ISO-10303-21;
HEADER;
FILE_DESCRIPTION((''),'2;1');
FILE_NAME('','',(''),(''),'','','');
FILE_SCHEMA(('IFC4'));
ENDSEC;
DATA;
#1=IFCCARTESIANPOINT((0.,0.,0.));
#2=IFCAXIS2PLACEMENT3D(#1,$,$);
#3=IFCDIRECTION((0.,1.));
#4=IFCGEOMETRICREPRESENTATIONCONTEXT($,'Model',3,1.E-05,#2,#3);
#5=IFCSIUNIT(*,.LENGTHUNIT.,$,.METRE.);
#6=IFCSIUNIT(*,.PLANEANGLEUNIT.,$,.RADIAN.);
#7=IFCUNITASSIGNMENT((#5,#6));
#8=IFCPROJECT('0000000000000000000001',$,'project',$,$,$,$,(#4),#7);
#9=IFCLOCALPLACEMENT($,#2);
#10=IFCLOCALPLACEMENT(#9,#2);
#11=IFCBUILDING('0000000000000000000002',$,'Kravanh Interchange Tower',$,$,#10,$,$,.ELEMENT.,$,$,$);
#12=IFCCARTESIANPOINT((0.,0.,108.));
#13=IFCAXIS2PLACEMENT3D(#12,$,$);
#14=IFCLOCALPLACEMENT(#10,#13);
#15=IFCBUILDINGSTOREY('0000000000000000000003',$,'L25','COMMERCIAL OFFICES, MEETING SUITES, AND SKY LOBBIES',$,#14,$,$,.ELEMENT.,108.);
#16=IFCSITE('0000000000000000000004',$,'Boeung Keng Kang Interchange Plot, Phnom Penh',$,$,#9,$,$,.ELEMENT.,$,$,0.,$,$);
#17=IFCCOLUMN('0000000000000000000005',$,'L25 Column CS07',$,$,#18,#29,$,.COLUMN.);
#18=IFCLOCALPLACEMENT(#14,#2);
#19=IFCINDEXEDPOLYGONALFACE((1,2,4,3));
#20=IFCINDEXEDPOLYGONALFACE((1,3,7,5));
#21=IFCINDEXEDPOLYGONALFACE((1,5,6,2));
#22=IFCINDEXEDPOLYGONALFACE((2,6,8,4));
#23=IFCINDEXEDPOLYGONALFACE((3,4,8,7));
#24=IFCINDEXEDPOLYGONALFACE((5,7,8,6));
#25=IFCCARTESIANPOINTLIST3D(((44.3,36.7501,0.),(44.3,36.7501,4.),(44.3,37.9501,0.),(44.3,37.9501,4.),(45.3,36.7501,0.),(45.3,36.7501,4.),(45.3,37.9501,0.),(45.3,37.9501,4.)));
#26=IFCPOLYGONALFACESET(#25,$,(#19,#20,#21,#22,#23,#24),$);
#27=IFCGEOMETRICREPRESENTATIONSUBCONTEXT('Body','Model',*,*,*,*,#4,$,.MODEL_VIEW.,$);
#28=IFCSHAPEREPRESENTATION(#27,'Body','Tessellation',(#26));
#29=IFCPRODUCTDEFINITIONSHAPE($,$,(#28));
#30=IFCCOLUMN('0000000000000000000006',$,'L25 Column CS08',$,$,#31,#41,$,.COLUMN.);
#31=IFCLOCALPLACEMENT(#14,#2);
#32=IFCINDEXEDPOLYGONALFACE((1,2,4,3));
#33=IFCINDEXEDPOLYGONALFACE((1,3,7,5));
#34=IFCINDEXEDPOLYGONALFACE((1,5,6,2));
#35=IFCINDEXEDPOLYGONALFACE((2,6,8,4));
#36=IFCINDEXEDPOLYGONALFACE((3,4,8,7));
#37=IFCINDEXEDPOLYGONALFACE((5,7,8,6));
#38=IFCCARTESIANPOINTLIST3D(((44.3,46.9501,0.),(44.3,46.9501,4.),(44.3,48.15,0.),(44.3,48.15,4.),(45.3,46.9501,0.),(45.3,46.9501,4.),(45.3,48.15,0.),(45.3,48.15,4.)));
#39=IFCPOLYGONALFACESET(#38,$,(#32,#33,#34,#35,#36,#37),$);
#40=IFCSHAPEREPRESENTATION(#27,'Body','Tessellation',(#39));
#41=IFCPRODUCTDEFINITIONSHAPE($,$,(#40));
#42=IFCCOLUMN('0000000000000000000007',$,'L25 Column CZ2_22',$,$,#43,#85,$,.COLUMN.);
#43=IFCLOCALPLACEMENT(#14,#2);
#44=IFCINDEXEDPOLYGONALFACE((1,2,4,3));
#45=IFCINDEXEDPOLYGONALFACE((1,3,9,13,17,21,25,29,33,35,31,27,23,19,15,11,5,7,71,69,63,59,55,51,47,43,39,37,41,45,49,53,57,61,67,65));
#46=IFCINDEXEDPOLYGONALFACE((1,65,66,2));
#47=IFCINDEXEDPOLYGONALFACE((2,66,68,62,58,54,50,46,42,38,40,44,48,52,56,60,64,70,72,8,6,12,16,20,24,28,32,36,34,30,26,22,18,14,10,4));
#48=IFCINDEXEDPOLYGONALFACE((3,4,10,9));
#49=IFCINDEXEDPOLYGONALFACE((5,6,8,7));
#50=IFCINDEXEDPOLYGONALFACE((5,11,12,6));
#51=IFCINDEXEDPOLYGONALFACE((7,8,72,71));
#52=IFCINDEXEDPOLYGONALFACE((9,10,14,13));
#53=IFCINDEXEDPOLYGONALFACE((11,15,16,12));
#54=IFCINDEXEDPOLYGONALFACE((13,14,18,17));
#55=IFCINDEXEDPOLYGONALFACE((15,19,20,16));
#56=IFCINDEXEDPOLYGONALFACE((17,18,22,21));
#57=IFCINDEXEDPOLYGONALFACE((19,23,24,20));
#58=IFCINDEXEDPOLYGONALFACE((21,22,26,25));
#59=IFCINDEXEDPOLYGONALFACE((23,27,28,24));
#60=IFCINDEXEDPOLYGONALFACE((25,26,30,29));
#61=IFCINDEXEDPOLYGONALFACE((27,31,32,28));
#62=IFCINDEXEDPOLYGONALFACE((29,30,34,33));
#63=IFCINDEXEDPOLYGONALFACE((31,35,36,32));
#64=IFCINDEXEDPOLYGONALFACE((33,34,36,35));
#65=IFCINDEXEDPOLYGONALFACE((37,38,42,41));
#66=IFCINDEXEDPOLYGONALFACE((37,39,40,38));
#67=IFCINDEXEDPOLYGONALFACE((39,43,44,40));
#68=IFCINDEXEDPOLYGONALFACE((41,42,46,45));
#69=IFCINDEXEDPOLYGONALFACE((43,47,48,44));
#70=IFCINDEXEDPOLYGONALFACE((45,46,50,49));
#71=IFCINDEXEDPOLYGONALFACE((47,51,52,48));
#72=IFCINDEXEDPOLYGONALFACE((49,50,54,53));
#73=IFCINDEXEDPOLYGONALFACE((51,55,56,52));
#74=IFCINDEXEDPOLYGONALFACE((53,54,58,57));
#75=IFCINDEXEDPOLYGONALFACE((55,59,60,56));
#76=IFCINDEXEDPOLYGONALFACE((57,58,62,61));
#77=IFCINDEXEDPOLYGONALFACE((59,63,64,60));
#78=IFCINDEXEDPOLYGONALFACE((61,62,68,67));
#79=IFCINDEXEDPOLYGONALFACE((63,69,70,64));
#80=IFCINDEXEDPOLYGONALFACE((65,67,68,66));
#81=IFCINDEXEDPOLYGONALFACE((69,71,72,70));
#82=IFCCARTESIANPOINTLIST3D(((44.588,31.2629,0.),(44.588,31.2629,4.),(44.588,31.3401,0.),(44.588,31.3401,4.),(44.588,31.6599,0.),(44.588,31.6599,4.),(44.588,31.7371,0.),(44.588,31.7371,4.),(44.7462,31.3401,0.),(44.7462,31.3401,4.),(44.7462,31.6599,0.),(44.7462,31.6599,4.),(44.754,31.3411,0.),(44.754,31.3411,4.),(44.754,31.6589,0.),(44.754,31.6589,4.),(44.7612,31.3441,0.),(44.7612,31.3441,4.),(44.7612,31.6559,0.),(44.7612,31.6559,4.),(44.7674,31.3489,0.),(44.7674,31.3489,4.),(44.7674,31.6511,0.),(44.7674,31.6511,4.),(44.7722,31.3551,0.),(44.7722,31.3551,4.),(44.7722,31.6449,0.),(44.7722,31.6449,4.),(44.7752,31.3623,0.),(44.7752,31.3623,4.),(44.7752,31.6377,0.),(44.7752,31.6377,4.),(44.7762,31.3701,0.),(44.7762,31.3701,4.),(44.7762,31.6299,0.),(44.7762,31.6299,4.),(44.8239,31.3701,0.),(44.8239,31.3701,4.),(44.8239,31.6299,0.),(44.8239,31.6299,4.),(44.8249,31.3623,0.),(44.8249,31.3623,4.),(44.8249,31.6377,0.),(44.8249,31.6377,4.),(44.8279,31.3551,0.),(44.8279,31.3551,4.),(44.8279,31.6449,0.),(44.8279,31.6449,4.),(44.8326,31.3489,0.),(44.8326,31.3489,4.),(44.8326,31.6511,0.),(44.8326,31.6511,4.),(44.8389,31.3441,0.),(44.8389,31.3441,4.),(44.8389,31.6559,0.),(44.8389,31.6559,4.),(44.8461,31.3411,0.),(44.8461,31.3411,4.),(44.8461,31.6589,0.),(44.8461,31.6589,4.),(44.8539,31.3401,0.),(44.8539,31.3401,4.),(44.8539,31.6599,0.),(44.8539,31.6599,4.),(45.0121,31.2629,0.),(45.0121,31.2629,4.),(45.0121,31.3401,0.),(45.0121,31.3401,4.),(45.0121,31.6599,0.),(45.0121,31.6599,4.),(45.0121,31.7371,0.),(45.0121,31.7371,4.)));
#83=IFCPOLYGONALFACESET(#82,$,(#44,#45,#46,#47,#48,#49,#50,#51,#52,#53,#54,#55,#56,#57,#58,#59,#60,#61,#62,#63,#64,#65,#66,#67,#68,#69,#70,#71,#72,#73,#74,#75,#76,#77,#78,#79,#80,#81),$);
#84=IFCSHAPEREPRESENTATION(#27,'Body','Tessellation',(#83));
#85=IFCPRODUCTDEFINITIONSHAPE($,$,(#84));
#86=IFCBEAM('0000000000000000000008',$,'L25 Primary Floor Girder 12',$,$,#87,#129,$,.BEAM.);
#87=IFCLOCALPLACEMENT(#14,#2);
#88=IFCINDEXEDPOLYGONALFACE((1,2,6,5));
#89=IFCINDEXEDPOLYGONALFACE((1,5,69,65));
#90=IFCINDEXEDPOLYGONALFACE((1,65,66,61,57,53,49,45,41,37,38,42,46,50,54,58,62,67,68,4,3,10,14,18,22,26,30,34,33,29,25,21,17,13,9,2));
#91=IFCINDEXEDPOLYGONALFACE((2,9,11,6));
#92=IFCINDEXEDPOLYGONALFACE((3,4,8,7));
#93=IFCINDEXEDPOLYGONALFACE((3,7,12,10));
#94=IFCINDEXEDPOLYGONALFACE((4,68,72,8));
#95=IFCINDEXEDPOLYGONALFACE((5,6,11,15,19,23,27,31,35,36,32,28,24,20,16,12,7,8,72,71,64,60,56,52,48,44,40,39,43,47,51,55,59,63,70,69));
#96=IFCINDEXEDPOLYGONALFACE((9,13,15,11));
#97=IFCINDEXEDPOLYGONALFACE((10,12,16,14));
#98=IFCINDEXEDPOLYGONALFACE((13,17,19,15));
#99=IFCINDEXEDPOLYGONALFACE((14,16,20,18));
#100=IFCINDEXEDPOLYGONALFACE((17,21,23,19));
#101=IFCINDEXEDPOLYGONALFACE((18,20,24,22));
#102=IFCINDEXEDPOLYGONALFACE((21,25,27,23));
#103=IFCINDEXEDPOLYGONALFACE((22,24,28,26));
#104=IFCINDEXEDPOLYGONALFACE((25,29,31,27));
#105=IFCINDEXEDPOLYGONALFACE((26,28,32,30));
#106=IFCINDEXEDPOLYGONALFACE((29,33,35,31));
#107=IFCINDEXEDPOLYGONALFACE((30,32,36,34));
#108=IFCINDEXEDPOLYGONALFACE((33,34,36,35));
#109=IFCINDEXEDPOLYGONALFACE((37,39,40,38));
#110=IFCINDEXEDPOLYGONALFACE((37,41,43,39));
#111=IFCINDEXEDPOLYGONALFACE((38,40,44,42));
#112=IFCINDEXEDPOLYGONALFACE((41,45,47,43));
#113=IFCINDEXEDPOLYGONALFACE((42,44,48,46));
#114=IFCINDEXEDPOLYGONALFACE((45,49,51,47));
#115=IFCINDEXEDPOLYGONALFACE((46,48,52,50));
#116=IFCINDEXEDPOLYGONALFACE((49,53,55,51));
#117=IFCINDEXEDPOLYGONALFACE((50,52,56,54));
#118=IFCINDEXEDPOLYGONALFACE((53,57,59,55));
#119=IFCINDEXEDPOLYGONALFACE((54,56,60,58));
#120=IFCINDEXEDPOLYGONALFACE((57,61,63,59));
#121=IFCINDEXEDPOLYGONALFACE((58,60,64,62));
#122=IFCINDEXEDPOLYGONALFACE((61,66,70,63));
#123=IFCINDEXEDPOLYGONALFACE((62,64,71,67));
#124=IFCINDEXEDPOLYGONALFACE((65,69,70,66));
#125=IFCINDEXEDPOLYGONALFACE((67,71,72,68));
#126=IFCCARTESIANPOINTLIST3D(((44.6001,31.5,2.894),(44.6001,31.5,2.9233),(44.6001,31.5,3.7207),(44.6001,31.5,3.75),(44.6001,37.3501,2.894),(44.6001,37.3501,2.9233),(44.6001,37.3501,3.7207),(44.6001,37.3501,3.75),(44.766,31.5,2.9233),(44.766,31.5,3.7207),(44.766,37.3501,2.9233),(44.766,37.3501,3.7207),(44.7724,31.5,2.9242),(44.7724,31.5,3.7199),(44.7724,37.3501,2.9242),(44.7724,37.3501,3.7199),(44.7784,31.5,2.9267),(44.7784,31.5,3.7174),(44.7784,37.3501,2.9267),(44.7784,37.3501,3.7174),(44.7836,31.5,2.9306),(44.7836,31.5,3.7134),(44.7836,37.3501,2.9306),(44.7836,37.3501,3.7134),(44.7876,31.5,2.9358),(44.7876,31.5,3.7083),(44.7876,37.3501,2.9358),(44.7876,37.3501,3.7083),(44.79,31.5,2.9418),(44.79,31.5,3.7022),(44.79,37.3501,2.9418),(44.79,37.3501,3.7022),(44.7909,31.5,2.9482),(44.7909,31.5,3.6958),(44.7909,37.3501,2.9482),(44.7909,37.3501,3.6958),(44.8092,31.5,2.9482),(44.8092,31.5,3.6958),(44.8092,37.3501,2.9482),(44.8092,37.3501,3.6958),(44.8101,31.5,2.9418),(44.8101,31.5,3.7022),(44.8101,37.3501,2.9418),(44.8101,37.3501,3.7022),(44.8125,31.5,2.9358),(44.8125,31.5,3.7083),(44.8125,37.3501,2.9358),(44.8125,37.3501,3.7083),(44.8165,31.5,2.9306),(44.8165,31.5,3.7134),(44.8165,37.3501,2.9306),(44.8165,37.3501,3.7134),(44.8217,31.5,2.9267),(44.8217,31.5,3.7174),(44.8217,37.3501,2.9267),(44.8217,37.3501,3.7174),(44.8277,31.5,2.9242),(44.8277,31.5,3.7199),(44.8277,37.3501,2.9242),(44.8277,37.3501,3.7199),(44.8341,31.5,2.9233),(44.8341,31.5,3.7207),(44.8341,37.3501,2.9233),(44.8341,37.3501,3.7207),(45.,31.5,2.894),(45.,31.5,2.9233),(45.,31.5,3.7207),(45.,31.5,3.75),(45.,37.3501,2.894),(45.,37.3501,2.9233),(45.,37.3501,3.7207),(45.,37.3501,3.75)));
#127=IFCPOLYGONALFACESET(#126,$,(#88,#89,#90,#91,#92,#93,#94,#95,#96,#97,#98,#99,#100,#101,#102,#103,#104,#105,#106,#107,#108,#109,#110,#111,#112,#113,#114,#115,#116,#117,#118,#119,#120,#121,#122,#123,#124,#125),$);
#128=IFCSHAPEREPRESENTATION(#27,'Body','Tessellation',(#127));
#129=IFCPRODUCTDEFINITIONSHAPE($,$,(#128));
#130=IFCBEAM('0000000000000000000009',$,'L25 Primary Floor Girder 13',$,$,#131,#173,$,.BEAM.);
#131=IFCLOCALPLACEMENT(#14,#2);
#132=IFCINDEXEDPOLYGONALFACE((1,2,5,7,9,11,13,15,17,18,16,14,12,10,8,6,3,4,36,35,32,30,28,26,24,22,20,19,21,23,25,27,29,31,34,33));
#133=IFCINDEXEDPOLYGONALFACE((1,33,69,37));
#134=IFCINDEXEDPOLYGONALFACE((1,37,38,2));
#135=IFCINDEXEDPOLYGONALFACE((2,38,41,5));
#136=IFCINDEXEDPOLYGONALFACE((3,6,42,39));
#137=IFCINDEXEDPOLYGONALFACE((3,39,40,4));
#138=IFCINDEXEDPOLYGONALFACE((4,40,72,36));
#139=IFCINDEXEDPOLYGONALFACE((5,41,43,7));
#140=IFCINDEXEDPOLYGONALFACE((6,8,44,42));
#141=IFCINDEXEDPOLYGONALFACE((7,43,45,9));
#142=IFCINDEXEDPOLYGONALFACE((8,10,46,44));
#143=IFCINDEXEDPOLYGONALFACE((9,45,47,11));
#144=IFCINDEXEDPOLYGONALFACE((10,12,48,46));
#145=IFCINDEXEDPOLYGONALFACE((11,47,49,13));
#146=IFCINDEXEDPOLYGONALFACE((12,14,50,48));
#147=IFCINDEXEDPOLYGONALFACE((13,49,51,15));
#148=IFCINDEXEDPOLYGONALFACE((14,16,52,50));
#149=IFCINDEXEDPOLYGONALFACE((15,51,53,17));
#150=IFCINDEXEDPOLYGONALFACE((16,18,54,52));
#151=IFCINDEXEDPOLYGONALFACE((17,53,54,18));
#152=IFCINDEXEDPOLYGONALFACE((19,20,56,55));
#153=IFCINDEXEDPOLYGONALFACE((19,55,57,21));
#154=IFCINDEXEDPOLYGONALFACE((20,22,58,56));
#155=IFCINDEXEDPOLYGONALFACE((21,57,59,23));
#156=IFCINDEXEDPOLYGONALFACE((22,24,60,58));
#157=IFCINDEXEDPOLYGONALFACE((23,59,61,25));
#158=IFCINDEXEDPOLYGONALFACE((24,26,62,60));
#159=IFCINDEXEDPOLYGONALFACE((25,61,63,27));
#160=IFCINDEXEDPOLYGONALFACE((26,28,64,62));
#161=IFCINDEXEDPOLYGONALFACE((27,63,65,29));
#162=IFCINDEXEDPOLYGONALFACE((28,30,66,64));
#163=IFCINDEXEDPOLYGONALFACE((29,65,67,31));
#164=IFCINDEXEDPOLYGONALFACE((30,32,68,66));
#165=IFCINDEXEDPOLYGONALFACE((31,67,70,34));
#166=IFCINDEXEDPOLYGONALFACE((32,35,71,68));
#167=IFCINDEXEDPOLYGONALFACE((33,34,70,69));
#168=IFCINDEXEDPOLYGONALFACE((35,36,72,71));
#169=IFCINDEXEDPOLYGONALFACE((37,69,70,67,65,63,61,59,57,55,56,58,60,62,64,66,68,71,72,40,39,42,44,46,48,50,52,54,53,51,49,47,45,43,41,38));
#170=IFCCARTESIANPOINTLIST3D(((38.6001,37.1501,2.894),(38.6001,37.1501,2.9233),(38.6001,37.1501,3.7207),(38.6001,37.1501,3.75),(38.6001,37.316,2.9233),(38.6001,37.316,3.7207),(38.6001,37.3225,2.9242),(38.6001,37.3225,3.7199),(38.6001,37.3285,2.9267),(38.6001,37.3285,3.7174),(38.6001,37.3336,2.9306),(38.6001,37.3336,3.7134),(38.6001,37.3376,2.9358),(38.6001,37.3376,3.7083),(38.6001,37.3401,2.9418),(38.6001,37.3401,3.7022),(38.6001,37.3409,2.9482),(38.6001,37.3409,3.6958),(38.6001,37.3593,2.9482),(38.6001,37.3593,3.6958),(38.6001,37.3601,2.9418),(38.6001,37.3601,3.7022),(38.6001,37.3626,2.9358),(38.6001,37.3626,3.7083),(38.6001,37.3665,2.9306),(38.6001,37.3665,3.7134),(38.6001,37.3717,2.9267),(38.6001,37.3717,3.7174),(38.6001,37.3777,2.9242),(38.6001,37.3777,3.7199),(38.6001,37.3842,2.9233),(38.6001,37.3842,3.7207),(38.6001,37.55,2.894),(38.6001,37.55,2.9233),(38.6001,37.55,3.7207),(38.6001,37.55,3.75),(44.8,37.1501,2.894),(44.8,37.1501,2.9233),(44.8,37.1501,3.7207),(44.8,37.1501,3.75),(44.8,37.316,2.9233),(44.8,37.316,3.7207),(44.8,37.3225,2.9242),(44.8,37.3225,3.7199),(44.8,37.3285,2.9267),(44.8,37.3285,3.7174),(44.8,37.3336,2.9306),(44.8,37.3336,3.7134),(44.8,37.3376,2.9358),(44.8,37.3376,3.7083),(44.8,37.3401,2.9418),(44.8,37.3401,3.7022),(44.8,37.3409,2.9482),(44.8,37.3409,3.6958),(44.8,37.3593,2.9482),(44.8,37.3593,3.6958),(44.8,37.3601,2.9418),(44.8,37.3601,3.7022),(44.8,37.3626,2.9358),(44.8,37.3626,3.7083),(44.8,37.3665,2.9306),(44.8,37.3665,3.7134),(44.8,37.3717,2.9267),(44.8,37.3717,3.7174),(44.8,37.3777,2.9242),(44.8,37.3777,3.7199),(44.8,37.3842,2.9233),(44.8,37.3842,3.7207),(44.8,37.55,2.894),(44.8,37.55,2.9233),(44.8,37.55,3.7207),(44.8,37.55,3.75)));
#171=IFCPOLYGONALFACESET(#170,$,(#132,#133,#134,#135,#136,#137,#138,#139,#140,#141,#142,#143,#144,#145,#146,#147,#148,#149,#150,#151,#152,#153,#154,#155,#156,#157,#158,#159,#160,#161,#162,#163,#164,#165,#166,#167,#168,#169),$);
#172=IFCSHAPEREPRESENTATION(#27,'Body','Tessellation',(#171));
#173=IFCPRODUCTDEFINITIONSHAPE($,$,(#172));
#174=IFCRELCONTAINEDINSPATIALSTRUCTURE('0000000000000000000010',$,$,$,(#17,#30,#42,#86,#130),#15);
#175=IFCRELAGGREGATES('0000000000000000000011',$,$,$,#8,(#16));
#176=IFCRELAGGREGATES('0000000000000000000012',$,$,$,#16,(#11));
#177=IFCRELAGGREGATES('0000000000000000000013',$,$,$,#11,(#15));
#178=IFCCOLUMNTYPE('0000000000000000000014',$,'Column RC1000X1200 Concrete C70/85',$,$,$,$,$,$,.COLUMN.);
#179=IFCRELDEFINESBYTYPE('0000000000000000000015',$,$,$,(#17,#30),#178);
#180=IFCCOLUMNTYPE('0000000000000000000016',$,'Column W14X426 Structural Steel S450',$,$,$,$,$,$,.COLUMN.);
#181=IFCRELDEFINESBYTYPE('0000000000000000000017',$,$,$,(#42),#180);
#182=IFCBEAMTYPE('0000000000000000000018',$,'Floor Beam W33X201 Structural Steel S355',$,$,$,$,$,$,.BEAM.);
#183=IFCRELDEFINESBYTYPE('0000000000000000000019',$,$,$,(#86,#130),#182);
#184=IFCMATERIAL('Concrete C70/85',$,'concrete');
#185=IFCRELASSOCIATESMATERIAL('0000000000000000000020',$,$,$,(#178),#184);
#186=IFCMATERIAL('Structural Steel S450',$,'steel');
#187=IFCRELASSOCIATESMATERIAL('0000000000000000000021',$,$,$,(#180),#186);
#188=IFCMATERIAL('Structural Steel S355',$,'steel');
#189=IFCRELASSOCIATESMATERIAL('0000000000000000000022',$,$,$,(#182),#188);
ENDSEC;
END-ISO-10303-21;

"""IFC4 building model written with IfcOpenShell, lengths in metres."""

from ifc_helpers import new_model, si_unit, direction, frame, origin, origin_2d, place, context, subcontext, project, spatial, rectangle, i_section, extrude, material, material_profile, profile_set, type_object, element, save


model = new_model("IFC4")

# Units and contexts
model_context = context("Model", 3, precision=1e-05, world=origin(), true_north=direction((0.0, 1.0)))
body_context = subcontext(model_context, "Body", "Model", "MODEL_VIEW")
ifc_project = project(units=[si_unit("LENGTHUNIT", "METRE"), si_unit("PLANEANGLEUNIT", "RADIAN")], contexts=[model_context])

# Site, building, storey
site_placement = place(None, origin())
site = spatial("IfcSite", under=ifc_project, at=site_placement, Name="Boeung Keng Kang Interchange Plot, Phnom Penh", CompositionType="ELEMENT", RefElevation=0.0)
building_placement = place(site_placement, origin())
building = spatial("IfcBuilding", under=site, at=building_placement, Name="Kravanh Interchange Tower", CompositionType="ELEMENT")
storey_placement = place(building_placement, frame((0.0, 0.0, 108.0)))
storey = spatial("IfcBuildingStorey", under=building, at=storey_placement, Name="L25", Description="COMMERCIAL OFFICES, MEETING SUITES, AND SKY LOBBIES", CompositionType="ELEMENT", Elevation=108.0)

# Columns
ifc_material_1 = material(Name="Concrete C70/85", Category="concrete")
ifc_material_profile_1 = material_profile(ifc_material_1, rectangle(XDim=1.0, YDim=1.2, at=origin_2d()), Name="RC1000X1200")
ifc_profile_set_1 = profile_set([ifc_material_profile_1], Name="Concrete C70/85")
column_type_1 = type_object("IfcColumnType", Name="Column RC1000X1200 Concrete C70/85", PredefinedType="COLUMN", material=ifc_profile_set_1)
for number, where, z_axis, x_axis, name in (
    (1, (44.8, 37.3501, 0.0), (0.0, 0.0, 1.0), (1.0, 0.0, 0.0), "L25 Column CS07"),
    (2, (44.8, 47.55, 0.0), (0.0, 0.0, 1.0), (1.0, 0.0, 0.0), "L25 Column CS08"),
):
    element("IfcColumn", number, at=place(storey_placement, frame(where, z_axis=z_axis, x_axis=x_axis)), inside=storey, type_object=column_type_1, Name=name, PredefinedType="COLUMN", context=body_context, shape_type="SweptSolid", body=[
        extrude(rectangle(XDim=1.0, YDim=1.2, at=origin_2d()), origin(), (0.0, 0.0, 1.0), 4.0),
    ])
ifc_material_2 = material(Name="Structural Steel S450", Category="steel")
ifc_material_profile_2 = material_profile(ifc_material_2, i_section(OverallWidth=0.4241, OverallDepth=0.4741, WebThickness=0.0476, FlangeThickness=0.0771, FilletRadius=0.03, at=origin_2d()), Name="W14X426")
ifc_profile_set_2 = profile_set([ifc_material_profile_2], Name="Structural Steel S450")
column_type_2 = type_object("IfcColumnType", Name="Column W14X426 Structural Steel S450", PredefinedType="COLUMN", material=ifc_profile_set_2)
column_placement = place(storey_placement, frame((44.8, 31.5, 0.0), z_axis=(0.0, 0.0, 1.0), x_axis=(1.0, 0.0, 0.0)))
element("IfcColumn", 3, at=column_placement, inside=storey, type_object=column_type_2, Name="L25 Column CZ2_22", PredefinedType="COLUMN", context=body_context, shape_type="SweptSolid", body=[
    extrude(i_section(OverallWidth=0.4241, OverallDepth=0.4741, WebThickness=0.0476, FlangeThickness=0.0771, FilletRadius=0.03, at=origin_2d()), origin(), (0.0, 0.0, 1.0), 4.0),
])

# Beams
ifc_material_3 = material(Name="Structural Steel S355", Category="steel")
ifc_material_profile_3 = material_profile(ifc_material_3, i_section(OverallWidth=0.3999, OverallDepth=0.856, WebThickness=0.0183, FlangeThickness=0.0293, FilletRadius=0.0249, at=origin_2d()), Name="W33X201")
ifc_profile_set_3 = profile_set([ifc_material_profile_3], Name="Structural Steel S355")
beam_type_1 = type_object("IfcBeamType", Name="Floor Beam W33X201 Structural Steel S355", PredefinedType="BEAM", material=ifc_profile_set_3)
beam_1_placement = place(storey_placement, frame((44.8, 37.3501, 3.322), z_axis=(0.0, -1.0, 0.0), x_axis=(1.0, 0.0, 0.0)))
element("IfcBeam", 4, at=beam_1_placement, inside=storey, type_object=beam_type_1, Name="L25 Primary Floor Girder 12", PredefinedType="BEAM", context=body_context, shape_type="SweptSolid", body=[
    extrude(i_section(OverallWidth=0.3999, OverallDepth=0.856, WebThickness=0.0183, FlangeThickness=0.0293, FilletRadius=0.0249, at=origin_2d()), origin(), (0.0, 0.0, 1.0), 5.8501),
])
beam_2_placement = place(storey_placement, frame((44.8, 37.3501, 3.322), z_axis=(-1.0, 0.0, 0.0), x_axis=(0.0, -1.0, 0.0)))
element("IfcBeam", 5, at=beam_2_placement, inside=storey, type_object=beam_type_1, Name="L25 Primary Floor Girder 13", PredefinedType="BEAM", context=body_context, shape_type="SweptSolid", body=[
    extrude(i_section(OverallWidth=0.3999, OverallDepth=0.856, WebThickness=0.0183, FlangeThickness=0.0293, FilletRadius=0.0249, at=origin_2d()), origin(), (0.0, 0.0, 1.0), 6.2),
])

save(model, "model.ifc")
